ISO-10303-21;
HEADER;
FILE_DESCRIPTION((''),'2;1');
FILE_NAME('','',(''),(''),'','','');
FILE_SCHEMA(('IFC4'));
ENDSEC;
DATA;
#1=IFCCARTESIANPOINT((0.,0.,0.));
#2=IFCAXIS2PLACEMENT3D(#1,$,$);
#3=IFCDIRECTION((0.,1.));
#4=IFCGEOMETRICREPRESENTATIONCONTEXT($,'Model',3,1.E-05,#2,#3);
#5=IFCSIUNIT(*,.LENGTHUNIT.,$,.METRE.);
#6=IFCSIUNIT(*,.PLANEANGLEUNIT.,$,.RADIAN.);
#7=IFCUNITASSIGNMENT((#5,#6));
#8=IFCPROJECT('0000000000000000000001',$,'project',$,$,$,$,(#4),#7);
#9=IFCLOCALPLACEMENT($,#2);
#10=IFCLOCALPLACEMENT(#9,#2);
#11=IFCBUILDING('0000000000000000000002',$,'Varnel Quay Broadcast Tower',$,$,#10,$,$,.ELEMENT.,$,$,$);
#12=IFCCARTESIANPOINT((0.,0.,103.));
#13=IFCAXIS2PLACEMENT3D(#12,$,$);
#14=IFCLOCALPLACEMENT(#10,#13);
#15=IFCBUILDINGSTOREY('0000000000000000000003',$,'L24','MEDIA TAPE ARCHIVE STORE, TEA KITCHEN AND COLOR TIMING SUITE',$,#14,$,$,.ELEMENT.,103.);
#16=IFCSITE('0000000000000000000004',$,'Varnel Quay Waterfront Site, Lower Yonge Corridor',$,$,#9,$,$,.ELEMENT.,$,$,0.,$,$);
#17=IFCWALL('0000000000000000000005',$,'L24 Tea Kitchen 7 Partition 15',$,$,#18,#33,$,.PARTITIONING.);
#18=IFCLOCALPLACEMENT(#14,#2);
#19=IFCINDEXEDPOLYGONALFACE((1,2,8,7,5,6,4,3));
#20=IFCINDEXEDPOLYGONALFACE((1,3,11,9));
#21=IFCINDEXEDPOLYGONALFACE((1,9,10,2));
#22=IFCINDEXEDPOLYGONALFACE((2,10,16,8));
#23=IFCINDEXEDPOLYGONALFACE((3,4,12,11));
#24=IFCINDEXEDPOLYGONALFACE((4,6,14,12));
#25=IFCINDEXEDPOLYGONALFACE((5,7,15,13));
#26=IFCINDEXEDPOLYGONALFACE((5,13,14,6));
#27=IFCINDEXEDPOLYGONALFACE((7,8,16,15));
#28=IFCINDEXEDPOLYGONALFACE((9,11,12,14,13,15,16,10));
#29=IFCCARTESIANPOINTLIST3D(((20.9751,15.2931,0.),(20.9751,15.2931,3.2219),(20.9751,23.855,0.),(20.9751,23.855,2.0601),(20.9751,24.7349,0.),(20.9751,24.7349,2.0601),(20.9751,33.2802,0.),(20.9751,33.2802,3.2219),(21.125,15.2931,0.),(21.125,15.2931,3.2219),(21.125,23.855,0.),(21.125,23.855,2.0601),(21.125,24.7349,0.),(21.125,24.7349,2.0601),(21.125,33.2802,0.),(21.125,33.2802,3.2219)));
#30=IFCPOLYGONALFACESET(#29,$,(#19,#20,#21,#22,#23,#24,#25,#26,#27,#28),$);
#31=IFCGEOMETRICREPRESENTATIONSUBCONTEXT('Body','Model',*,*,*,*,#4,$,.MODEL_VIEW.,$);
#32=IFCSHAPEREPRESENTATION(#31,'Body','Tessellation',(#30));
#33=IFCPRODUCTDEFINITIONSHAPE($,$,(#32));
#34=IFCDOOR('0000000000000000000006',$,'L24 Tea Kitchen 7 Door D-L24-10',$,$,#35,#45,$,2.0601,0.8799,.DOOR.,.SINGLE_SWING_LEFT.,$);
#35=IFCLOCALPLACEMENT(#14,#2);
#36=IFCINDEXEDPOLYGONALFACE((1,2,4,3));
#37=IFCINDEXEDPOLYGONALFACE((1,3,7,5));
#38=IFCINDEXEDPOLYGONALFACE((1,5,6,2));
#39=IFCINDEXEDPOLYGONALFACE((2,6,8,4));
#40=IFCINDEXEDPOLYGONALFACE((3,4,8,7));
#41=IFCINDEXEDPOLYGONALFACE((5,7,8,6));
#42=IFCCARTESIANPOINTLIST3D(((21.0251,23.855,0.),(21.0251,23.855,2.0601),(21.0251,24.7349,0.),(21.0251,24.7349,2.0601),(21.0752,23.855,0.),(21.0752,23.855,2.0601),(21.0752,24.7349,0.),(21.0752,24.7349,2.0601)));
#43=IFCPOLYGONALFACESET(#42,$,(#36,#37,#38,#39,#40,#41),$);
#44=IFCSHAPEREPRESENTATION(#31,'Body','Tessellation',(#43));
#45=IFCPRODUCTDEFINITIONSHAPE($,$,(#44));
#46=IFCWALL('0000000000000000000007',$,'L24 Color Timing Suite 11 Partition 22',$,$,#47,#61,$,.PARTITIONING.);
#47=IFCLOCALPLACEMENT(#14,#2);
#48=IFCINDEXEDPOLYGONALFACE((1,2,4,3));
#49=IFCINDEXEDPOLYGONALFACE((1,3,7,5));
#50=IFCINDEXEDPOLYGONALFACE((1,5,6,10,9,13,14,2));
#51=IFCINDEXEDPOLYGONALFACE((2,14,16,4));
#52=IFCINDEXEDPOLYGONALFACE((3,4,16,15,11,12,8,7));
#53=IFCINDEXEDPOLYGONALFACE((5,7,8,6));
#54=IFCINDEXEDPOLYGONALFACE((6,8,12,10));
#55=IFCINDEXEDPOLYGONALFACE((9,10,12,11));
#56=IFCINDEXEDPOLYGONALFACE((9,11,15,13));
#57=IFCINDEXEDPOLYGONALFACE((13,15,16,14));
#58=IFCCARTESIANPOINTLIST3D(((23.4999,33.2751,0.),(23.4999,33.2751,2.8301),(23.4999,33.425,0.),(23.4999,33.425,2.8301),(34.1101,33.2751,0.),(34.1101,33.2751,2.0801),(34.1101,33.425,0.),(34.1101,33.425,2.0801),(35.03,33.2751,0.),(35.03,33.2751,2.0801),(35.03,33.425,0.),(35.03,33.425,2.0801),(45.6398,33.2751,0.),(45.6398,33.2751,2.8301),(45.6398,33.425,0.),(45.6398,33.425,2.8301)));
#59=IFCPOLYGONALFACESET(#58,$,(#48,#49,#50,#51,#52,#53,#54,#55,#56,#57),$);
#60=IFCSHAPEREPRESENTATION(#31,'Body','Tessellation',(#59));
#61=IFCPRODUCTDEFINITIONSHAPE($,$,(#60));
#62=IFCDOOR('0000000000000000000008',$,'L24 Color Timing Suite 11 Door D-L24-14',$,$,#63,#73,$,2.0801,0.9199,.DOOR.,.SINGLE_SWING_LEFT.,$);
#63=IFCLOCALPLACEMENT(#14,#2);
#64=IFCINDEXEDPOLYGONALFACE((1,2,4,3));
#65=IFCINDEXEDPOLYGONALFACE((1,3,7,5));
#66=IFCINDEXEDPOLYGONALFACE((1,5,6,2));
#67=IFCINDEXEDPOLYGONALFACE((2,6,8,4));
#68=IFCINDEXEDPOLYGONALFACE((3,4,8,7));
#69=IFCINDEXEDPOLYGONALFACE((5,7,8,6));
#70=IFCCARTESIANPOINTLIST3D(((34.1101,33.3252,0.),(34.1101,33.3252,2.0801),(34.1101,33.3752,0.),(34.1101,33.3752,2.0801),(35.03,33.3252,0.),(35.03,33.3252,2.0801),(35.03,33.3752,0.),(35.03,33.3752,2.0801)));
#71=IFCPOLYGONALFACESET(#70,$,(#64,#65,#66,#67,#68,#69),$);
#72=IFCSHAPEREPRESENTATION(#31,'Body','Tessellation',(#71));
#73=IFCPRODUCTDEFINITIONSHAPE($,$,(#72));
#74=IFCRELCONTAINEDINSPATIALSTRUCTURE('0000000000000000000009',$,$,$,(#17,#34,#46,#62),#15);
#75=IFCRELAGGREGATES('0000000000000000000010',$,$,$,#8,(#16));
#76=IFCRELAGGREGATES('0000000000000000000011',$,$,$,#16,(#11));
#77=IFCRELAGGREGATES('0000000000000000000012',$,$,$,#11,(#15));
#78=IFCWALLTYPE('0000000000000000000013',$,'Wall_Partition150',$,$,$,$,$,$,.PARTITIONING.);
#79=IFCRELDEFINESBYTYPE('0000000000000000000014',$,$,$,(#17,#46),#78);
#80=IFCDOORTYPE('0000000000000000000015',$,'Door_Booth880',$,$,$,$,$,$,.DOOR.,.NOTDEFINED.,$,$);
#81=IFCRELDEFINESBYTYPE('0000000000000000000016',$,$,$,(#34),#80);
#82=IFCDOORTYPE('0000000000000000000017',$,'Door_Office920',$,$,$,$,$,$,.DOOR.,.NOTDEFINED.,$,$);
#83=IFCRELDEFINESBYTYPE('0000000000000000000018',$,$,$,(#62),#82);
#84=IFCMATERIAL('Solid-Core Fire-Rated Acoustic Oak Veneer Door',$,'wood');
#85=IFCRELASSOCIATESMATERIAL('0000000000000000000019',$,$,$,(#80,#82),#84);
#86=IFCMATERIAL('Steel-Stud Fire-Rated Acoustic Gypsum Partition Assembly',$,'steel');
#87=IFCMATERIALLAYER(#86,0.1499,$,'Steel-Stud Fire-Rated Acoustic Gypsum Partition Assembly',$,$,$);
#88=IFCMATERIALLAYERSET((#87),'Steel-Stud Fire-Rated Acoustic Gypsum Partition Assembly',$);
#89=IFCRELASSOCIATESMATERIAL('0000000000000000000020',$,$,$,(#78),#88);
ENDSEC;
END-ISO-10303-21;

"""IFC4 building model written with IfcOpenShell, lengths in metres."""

from ifc_helpers import new_model, si_unit, direction, frame, frame_2d, origin, place, context, subcontext, project, spatial, rectangle, extrude, source, transform, mapped, material, layer, layer_set, type_object, type_shapes, element, fill, save


model = new_model("IFC4")

# Units and contexts
model_context = context("Model", 3, precision=1e-05, world=origin(), true_north=direction((0.0, 1.0)))
body_context = subcontext(model_context, "Body", "Model", "MODEL_VIEW")
ifc_project = project(units=[si_unit("LENGTHUNIT", "METRE"), si_unit("PLANEANGLEUNIT", "RADIAN")], contexts=[model_context])

# Site, building, storey
site_placement = place(None, origin())
site = spatial("IfcSite", under=ifc_project, at=site_placement, Name="Varnel Quay Waterfront Site, Lower Yonge Corridor", CompositionType="ELEMENT", RefElevation=0.0)
building_placement = place(site_placement, origin())
building = spatial("IfcBuilding", under=site, at=building_placement, Name="Varnel Quay Broadcast Tower", CompositionType="ELEMENT")
storey_placement = place(building_placement, frame((0.0, 0.0, 103.0)))
storey = spatial("IfcBuildingStorey", under=building, at=storey_placement, Name="L24", Description="MEDIA TAPE ARCHIVE STORE, TEA KITCHEN AND COLOR TIMING SUITE", CompositionType="ELEMENT", Elevation=103.0)

# Shared definitions
ifc_material_1 = material(Name="Steel-Stud Fire-Rated Acoustic Gypsum Partition Assembly", Category="steel")
ifc_material_2 = material(Name="Solid-Core Fire-Rated Acoustic Oak Veneer Door", Category="wood")
door_type_1 = type_object("IfcDoorType", Name="Door_Booth880", OperationType="NOTDEFINED", PredefinedType="DOOR", material=ifc_material_2)
shared_shape_1 = source(origin(), body_context, "Body", "SweptSolid", [
    extrude(rectangle(XDim=0.8799, YDim=2.0601, at=frame_2d((0.4399, 1.03))), frame((0.0, 0.0249, 0.0), z_axis=(0.0, -1.0, 0.0), x_axis=(1.0, 0.0, 0.0)), (0.0, 0.0, 1.0), 0.05),
])
type_shapes(door_type_1, [shared_shape_1])

# Walls, openings, doors
ifc_layer_1 = layer(ifc_material_1, 0.1499, Name="Steel-Stud Fire-Rated Acoustic Gypsum Partition Assembly")
ifc_layer_set_1 = layer_set([ifc_layer_1], Name="Steel-Stud Fire-Rated Acoustic Gypsum Partition Assembly")
wall_type_1 = type_object("IfcWallType", Name="Wall_Partition150", PredefinedType="PARTITIONING", material=ifc_layer_set_1)
wall_1_placement = place(storey_placement, frame((21.05, 15.293, 0.0), z_axis=(0.0, 0.0, 1.0), x_axis=(0.0, 1.0, 0.0)))
wall_1 = element("IfcWall", 1, at=wall_1_placement, inside=storey, type_object=wall_type_1, Name="L24 Tea Kitchen 7 Partition 15", PredefinedType="PARTITIONING", context=body_context, shape_type="SweptSolid", body=[
    extrude(rectangle(XDim=17.9871, YDim=0.1499, at=frame_2d((8.9937, 0.0))), origin(), (0.0, 0.0, 1.0), 3.2219),
])
opening_1_placement = place(wall_1_placement, frame((8.562, 0.0, 0.0)))
opening_1 = element("IfcOpeningElement", 2, at=opening_1_placement, cuts=wall_1, PredefinedType="OPENING", context=body_context, shape_type="SweptSolid", body=[
    extrude(rectangle(XDim=0.8799, YDim=2.0601, at=frame_2d((0.4399, 1.03))), frame((0.0, 0.085, 0.0), z_axis=(0.0, -1.0, 0.0), x_axis=(1.0, 0.0, 0.0)), (0.0, 0.0, 1.0), 0.1699),
])
door_1_placement = place(opening_1_placement, origin())
door_1 = element("IfcDoor", 3, at=door_1_placement, inside=storey, type_object=door_type_1, Name="L24 Tea Kitchen 7 Door D-L24-10", OperationType="SINGLE_SWING_LEFT", OverallHeight=2.0601, OverallWidth=0.8799, PredefinedType="DOOR", context=body_context, shape_type="MappedRepresentation", body=[
    mapped(shared_shape_1, transform((0.0, 0.0, 0.0), x_axis=(1.0, 0.0, 0.0), y_axis=(0.0, 1.0, 0.0), z_axis=(0.0, 0.0, 1.0), scale=1.0)),
])
fill(opening_1, door_1)
wall_2_placement = place(storey_placement, frame((23.5, 33.3501, 0.0), z_axis=(0.0, 0.0, 1.0), x_axis=(1.0, 0.0, 0.0)))
wall_2 = element("IfcWall", 4, at=wall_2_placement, inside=storey, type_object=wall_type_1, Name="L24 Color Timing Suite 11 Partition 22", PredefinedType="PARTITIONING", context=body_context, shape_type="SweptSolid", body=[
    extrude(rectangle(XDim=22.1399, YDim=0.1499, at=frame_2d((11.0698, 0.0))), origin(), (0.0, 0.0, 1.0), 2.8301),
])
opening_2_placement = place(wall_2_placement, frame((10.6101, 0.0, 0.0)))
opening_2 = element("IfcOpeningElement", 5, at=opening_2_placement, cuts=wall_2, PredefinedType="OPENING", context=body_context, shape_type="SweptSolid", body=[
    extrude(rectangle(XDim=0.9199, YDim=2.0801, at=frame_2d((0.46, 1.04))), frame((0.0, 0.085, 0.0), z_axis=(0.0, -1.0, 0.0), x_axis=(1.0, 0.0, 0.0)), (0.0, 0.0, 1.0), 0.1699),
])
door_type_2 = type_object("IfcDoorType", Name="Door_Office920", OperationType="NOTDEFINED", PredefinedType="DOOR", material=ifc_material_2)
shared_shape_2 = source(origin(), body_context, "Body", "SweptSolid", [
    extrude(rectangle(XDim=0.9199, YDim=2.0801, at=frame_2d((0.46, 1.04))), frame((0.0, 0.0249, 0.0), z_axis=(0.0, -1.0, 0.0), x_axis=(1.0, 0.0, 0.0)), (0.0, 0.0, 1.0), 0.05),
])
type_shapes(door_type_2, [shared_shape_2])
door_2_placement = place(opening_2_placement, frame((0.9199, 0.0, 0.0), z_axis=(0.0, 0.0, 1.0), x_axis=(-1.0, 0.0, 0.0)))
door_2 = element("IfcDoor", 6, at=door_2_placement, inside=storey, type_object=door_type_2, Name="L24 Color Timing Suite 11 Door D-L24-14", OperationType="SINGLE_SWING_LEFT", OverallHeight=2.0801, OverallWidth=0.9199, PredefinedType="DOOR", context=body_context, shape_type="MappedRepresentation", body=[
    mapped(shared_shape_2, transform((0.0, 0.0, 0.0), x_axis=(1.0, 0.0, 0.0), y_axis=(0.0, 1.0, 0.0), z_axis=(0.0, 0.0, 1.0), scale=1.0)),
])
fill(opening_2, door_2)

save(model, "model.ifc")
